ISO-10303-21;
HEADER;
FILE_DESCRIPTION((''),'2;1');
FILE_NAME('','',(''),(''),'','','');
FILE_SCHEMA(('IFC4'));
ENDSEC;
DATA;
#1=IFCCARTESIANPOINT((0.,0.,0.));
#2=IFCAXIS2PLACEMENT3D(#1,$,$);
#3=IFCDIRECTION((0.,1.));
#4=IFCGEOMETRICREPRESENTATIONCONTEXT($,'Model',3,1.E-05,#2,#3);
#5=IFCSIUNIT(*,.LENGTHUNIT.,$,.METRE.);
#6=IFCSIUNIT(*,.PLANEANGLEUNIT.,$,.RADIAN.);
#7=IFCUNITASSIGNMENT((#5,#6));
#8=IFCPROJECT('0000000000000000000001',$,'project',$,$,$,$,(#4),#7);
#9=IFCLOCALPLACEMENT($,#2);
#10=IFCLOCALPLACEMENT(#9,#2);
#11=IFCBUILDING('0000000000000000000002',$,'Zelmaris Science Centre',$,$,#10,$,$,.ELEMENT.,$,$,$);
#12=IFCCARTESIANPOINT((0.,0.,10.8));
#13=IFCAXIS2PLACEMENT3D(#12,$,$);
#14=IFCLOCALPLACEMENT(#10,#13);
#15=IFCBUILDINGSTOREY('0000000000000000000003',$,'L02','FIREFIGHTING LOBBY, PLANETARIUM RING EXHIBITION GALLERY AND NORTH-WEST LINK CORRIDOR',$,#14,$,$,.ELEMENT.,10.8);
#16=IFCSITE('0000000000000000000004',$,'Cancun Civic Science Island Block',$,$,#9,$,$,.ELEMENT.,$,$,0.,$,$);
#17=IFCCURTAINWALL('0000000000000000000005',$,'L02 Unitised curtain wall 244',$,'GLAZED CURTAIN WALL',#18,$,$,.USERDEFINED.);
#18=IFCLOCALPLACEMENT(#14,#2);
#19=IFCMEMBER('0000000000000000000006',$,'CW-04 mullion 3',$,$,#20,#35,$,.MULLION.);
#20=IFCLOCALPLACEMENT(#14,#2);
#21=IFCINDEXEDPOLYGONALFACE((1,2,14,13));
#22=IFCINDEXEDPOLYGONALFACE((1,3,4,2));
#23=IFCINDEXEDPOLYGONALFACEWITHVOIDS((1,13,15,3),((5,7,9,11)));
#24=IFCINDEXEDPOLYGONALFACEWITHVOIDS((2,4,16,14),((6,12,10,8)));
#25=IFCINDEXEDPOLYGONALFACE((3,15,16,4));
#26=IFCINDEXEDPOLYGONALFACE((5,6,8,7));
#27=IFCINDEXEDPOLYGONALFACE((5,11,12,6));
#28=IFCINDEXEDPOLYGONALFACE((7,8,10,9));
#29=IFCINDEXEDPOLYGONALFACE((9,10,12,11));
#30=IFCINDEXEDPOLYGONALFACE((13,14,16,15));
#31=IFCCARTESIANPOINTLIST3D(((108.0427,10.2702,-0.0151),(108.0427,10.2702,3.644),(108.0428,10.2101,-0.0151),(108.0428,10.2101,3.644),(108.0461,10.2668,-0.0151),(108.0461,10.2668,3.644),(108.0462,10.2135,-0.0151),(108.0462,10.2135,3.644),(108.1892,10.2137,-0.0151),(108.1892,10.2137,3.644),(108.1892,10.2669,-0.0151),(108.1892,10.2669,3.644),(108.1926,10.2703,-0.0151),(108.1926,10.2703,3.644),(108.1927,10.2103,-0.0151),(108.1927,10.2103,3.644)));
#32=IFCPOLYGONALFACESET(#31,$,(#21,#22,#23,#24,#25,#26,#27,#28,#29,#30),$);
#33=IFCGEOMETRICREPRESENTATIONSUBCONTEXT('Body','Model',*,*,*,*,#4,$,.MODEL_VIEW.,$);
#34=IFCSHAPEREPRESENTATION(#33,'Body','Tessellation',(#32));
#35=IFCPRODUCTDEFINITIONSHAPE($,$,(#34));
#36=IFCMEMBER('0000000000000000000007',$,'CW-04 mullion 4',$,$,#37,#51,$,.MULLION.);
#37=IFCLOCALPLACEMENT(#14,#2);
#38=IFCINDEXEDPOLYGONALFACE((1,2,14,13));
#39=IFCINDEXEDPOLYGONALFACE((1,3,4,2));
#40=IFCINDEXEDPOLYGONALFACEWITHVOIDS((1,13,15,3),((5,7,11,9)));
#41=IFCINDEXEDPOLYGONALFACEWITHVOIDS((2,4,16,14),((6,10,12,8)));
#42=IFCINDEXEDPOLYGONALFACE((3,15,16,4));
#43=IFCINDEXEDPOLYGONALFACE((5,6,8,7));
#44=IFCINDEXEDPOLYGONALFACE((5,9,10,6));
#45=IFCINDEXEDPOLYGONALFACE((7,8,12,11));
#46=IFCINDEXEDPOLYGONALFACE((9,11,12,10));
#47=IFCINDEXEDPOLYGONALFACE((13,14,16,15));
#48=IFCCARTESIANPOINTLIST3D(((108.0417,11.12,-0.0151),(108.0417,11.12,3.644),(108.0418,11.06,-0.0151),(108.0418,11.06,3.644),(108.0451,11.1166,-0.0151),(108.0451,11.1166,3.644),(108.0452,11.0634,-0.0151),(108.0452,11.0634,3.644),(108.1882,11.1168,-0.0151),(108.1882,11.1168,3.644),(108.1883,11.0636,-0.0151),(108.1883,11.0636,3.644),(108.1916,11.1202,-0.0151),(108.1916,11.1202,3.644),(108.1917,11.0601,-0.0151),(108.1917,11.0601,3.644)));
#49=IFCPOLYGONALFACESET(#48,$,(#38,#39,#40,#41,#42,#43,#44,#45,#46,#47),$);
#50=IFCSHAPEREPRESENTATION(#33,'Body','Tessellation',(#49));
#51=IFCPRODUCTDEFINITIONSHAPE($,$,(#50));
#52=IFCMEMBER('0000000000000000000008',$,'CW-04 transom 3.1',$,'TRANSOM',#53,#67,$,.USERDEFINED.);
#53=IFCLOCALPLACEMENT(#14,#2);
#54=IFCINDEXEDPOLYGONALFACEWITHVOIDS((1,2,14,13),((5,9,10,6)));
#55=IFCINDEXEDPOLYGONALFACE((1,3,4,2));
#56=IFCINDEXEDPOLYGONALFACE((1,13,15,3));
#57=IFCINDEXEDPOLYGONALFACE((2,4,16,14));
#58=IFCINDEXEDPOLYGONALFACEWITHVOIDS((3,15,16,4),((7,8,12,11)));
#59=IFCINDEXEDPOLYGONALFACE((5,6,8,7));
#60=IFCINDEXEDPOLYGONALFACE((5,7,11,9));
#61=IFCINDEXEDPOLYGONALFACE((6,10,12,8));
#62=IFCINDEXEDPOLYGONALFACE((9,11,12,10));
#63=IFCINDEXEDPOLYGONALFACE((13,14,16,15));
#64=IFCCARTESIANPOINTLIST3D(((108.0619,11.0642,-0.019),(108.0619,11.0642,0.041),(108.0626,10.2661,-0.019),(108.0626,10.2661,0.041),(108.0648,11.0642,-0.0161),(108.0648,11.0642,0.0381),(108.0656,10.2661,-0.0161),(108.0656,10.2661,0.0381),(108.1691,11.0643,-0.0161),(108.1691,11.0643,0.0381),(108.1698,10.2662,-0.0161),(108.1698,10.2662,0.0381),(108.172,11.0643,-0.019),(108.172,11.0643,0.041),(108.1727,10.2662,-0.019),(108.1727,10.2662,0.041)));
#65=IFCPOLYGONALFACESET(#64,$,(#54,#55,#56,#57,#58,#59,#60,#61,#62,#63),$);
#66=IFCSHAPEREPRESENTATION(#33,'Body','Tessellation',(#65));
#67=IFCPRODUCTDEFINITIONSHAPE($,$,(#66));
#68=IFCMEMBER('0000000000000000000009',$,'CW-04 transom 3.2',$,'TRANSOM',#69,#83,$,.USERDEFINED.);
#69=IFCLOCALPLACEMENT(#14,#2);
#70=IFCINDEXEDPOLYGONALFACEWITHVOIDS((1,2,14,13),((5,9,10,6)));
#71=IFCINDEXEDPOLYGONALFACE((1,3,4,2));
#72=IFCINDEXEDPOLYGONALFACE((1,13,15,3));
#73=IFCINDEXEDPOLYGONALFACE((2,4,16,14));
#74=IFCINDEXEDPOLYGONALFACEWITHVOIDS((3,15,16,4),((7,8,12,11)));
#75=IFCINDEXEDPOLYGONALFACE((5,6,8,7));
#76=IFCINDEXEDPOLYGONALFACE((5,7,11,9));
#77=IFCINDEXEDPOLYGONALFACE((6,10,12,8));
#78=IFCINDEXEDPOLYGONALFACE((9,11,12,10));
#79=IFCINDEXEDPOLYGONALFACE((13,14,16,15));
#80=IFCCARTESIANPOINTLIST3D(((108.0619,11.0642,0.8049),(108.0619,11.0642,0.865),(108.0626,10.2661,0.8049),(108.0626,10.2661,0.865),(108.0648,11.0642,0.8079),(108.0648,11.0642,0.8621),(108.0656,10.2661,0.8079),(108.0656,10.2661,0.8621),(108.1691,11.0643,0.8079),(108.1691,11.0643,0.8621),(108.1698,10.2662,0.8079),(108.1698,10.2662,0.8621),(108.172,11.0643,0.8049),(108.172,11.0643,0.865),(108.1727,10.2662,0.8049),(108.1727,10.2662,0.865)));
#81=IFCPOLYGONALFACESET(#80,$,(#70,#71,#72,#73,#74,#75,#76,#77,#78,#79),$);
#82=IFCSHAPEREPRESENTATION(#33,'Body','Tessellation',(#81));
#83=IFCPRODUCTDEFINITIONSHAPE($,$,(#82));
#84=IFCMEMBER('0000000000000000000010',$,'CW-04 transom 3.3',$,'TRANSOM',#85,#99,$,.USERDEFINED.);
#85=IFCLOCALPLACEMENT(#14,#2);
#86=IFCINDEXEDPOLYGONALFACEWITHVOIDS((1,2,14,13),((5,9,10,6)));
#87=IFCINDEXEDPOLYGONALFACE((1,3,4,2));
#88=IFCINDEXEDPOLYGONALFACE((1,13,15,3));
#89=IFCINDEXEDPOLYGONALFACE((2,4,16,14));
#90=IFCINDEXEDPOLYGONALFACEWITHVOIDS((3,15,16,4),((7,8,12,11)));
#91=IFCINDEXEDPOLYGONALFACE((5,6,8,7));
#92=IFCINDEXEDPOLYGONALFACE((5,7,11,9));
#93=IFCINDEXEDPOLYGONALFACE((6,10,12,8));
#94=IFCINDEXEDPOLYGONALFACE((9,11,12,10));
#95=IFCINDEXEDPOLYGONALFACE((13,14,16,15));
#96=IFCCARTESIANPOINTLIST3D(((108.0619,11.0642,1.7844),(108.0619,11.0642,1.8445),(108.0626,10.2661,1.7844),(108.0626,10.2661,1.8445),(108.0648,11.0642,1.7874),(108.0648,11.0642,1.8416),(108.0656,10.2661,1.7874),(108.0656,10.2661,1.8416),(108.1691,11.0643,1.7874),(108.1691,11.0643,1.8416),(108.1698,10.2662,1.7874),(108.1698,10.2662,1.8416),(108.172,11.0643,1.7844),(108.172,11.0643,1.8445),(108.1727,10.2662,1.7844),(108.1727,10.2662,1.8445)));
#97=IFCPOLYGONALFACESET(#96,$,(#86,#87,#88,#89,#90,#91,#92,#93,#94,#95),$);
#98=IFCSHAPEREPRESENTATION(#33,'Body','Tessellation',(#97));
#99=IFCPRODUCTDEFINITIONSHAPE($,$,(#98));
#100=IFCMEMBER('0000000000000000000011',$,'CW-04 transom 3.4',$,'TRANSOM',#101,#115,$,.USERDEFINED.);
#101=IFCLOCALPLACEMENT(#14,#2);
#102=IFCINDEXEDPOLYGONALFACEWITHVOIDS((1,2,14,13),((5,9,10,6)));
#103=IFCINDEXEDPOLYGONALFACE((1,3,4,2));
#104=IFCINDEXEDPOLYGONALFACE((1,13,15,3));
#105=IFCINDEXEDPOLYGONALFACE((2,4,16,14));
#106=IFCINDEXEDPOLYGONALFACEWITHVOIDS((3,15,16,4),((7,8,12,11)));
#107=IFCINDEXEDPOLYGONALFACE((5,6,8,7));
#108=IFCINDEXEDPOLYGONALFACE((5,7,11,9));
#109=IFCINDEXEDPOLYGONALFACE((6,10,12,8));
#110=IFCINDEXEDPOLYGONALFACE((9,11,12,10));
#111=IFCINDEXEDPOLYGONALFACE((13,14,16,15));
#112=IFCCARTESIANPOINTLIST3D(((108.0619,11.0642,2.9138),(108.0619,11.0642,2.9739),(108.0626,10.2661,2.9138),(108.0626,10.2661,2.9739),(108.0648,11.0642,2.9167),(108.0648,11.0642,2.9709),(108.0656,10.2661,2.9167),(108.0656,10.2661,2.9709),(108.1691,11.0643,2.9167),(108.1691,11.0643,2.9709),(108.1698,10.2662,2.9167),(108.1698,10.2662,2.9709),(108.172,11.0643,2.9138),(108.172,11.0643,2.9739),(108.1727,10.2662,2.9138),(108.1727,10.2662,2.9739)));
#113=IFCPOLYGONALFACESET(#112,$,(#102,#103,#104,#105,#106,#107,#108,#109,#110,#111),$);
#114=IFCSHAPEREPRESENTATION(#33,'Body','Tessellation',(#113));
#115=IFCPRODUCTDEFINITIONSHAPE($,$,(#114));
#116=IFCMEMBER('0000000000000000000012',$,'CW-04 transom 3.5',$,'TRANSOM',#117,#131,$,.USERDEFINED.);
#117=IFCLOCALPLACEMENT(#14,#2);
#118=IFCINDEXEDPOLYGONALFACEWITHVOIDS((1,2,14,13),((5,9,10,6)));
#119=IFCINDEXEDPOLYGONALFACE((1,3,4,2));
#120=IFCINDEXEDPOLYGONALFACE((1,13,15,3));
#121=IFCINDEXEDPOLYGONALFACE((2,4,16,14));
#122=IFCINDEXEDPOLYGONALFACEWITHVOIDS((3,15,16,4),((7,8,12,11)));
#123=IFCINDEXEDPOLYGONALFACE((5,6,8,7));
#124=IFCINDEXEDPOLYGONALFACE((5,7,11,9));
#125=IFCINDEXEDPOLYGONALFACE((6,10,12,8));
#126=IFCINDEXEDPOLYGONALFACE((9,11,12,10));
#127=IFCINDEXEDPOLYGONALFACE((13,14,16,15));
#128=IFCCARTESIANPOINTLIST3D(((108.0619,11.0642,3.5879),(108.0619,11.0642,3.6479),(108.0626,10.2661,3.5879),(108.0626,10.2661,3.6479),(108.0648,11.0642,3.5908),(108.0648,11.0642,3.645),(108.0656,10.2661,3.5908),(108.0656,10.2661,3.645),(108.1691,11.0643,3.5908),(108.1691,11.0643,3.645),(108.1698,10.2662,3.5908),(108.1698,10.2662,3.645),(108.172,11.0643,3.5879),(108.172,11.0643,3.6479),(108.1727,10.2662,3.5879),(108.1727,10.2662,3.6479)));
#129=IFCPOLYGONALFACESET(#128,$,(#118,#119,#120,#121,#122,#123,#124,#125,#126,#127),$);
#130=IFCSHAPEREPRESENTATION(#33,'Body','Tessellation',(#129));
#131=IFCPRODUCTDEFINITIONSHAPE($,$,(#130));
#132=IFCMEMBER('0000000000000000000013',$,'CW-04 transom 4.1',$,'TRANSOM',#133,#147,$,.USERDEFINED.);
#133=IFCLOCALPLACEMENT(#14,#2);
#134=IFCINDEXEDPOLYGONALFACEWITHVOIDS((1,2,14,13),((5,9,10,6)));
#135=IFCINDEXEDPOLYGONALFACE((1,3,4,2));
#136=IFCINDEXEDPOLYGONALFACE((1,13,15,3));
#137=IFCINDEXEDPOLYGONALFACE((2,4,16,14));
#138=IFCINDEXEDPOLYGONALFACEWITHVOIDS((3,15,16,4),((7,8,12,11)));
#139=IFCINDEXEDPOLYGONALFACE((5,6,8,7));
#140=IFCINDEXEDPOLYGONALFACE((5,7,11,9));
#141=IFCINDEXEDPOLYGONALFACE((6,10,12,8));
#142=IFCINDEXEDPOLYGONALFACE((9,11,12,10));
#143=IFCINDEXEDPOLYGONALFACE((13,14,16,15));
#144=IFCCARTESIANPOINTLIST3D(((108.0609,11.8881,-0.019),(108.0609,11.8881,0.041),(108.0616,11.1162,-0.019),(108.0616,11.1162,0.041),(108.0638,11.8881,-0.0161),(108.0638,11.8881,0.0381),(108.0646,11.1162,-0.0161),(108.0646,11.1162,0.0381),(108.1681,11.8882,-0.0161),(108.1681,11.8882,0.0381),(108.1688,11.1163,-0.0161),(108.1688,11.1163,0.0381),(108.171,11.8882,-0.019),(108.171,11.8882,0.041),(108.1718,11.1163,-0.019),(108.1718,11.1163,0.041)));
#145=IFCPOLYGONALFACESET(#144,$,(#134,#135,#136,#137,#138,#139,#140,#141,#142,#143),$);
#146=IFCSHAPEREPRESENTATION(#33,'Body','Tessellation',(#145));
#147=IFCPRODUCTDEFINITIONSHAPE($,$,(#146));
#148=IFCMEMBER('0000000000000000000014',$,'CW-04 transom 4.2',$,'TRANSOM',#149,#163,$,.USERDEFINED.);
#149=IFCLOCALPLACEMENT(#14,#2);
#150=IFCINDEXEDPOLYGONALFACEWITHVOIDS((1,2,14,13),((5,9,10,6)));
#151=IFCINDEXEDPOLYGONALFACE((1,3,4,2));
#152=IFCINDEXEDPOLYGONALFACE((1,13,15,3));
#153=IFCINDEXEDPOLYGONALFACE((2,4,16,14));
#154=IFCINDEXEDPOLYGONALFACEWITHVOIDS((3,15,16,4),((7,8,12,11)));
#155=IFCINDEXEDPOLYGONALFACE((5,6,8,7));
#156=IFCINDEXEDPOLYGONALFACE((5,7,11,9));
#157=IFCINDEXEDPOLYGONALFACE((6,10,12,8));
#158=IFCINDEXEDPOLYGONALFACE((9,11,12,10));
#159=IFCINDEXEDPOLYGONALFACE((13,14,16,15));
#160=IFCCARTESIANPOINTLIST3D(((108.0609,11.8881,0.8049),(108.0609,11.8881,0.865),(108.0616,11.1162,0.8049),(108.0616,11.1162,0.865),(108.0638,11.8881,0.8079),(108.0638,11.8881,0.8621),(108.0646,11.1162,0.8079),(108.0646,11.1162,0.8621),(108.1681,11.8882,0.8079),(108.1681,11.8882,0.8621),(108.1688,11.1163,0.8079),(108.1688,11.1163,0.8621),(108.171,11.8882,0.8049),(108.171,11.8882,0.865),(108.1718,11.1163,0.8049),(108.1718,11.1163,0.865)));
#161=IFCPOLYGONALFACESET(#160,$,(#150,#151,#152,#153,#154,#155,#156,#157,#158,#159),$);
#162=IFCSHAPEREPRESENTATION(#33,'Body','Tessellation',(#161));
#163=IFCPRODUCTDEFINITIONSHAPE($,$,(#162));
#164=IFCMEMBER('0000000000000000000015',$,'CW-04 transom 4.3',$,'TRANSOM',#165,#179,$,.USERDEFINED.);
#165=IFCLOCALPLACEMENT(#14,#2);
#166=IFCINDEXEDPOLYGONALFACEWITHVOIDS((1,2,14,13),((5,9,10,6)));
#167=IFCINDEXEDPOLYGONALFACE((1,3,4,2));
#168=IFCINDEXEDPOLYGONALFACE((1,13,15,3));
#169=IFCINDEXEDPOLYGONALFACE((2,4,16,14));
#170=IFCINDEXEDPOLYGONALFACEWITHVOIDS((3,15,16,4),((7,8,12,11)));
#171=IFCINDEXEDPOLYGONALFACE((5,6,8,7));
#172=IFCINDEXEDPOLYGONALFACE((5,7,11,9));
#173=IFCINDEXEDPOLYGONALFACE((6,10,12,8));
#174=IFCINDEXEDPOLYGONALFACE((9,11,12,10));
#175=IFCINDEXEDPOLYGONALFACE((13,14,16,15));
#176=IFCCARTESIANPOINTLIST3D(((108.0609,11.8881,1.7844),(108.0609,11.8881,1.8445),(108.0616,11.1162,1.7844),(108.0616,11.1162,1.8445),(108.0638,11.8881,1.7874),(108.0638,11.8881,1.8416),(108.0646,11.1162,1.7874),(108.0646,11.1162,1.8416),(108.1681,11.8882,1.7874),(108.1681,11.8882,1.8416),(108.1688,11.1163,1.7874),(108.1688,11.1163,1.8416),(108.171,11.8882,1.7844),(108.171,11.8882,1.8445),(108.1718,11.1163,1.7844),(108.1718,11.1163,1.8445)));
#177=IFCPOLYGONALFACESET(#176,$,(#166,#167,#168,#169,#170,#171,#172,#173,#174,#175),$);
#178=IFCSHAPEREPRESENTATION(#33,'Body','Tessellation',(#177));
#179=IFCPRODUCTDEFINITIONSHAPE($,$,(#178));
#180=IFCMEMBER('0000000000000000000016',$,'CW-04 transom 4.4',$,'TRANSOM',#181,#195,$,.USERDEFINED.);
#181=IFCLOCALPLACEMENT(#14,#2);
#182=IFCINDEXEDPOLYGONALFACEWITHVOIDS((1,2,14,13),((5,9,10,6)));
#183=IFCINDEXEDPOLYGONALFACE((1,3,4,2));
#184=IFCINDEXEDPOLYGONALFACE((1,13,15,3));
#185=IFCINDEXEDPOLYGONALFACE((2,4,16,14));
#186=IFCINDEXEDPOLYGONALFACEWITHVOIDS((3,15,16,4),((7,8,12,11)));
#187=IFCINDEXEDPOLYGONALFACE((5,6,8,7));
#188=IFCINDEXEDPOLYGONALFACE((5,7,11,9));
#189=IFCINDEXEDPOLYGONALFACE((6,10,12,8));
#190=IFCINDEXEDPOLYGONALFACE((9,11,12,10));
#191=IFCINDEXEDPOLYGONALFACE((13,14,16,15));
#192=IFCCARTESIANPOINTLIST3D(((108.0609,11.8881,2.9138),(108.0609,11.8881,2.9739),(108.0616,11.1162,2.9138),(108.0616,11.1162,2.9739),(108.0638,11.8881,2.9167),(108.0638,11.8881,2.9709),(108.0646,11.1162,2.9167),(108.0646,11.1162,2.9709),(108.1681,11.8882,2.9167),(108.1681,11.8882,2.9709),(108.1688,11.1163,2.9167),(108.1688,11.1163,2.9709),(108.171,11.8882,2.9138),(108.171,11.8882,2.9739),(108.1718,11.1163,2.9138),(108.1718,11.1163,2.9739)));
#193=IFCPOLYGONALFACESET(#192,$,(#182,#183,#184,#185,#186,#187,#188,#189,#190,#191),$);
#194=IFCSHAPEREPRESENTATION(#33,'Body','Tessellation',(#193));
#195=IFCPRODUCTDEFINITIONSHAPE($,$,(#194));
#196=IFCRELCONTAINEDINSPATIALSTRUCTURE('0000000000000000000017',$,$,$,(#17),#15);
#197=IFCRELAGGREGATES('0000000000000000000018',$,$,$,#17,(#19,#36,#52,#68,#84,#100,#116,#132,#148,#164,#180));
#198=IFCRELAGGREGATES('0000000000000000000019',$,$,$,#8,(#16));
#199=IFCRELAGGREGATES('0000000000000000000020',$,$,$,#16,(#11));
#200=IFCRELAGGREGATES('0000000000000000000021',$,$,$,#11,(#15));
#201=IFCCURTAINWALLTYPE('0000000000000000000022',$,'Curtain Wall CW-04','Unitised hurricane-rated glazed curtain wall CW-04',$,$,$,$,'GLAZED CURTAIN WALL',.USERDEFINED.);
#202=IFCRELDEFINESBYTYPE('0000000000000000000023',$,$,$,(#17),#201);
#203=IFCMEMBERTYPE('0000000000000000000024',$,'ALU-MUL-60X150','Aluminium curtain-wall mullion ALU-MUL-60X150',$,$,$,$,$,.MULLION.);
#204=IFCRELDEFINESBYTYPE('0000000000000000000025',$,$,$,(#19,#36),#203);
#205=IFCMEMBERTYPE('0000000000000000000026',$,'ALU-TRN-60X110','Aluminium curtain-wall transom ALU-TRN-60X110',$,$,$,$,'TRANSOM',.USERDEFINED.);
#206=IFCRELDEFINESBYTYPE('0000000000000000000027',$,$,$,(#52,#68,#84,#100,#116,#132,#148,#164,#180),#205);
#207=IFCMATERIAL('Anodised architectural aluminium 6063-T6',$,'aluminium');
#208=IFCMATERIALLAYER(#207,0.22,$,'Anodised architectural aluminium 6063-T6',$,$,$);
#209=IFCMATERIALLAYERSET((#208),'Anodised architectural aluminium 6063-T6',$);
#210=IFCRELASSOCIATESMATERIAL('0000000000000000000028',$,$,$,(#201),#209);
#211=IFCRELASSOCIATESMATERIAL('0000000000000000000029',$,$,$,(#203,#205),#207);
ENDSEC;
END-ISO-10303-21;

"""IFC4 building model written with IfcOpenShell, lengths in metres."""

from ifc_helpers import new_model, si_unit, direction, frame, origin, origin_2d, place, context, subcontext, project, spatial, hollow_rectangle, extrude, material, layer, layer_set, material_profile, profile_set, type_object, element, aggregate, save


model = new_model("IFC4")

# Units and contexts
model_context = context("Model", 3, precision=1e-05, world=origin(), true_north=direction((0.0, 1.0)))
body_context = subcontext(model_context, "Body", "Model", "MODEL_VIEW")
ifc_project = project(units=[si_unit("LENGTHUNIT", "METRE"), si_unit("PLANEANGLEUNIT", "RADIAN")], contexts=[model_context])

# Site, building, storey
site_placement = place(None, origin())
site = spatial("IfcSite", under=ifc_project, at=site_placement, Name="Cancun Civic Science Island Block", CompositionType="ELEMENT", RefElevation=0.0)
building_placement = place(site_placement, origin())
building = spatial("IfcBuilding", under=site, at=building_placement, Name="Zelmaris Science Centre", CompositionType="ELEMENT")
storey_placement = place(building_placement, frame((0.0, 0.0, 10.8)))
storey = spatial("IfcBuildingStorey", under=building, at=storey_placement, Name="L02", Description="FIREFIGHTING LOBBY, PLANETARIUM RING EXHIBITION GALLERY AND NORTH-WEST LINK CORRIDOR", CompositionType="ELEMENT", Elevation=10.8)

# Curtain wall, members
ifc_material_1 = material(Name="Anodised architectural aluminium 6063-T6", Category="aluminium")
ifc_layer_1 = layer(ifc_material_1, 0.22, Name="Anodised architectural aluminium 6063-T6")
ifc_layer_set_1 = layer_set([ifc_layer_1], Name="Anodised architectural aluminium 6063-T6")
curtain_wall_type = type_object("IfcCurtainWallType", Name="Curtain Wall CW-04", Description="Unitised hurricane-rated glazed curtain wall CW-04", ElementType="GLAZED CURTAIN WALL", PredefinedType="USERDEFINED", material=ifc_layer_set_1)
curtain_wall_placement = place(storey_placement, origin())
curtain_wall = element("IfcCurtainWall", 1, at=curtain_wall_placement, inside=storey, type_object=curtain_wall_type, Name="L02 Unitised curtain wall 244", ObjectType="GLAZED CURTAIN WALL", PredefinedType="USERDEFINED")
ifc_material_profile_1 = material_profile(ifc_material_1, hollow_rectangle(XDim=0.0601, YDim=0.1499, WallThickness=0.0034, at=origin_2d()), Name="ALU-MUL-60X150")
ifc_profile_set_1 = profile_set([ifc_material_profile_1], Name="Anodised architectural aluminium 6063-T6")
member_type_1 = type_object("IfcMemberType", Name="ALU-MUL-60X150", Description="Aluminium curtain-wall mullion ALU-MUL-60X150", PredefinedType="MULLION", material=ifc_profile_set_1)
member_1_placement = place(storey_placement, frame((108.1177, 10.2402, -0.0151), z_axis=(0.0, 0.0, 1.0), x_axis=(-0.001054, 0.999999, 0.0)))
member_1 = element("IfcMember", 2, at=member_1_placement, type_object=member_type_1, Name="CW-04 mullion 3", PredefinedType="MULLION", context=body_context, shape_type="SweptSolid", body=[
    extrude(hollow_rectangle(XDim=0.0601, YDim=0.1499, WallThickness=0.0034, at=origin_2d()), origin(), (0.0, 0.0, 1.0), 3.6592),
])
member_2_placement = place(storey_placement, frame((108.1167, 11.0901, -0.0151), z_axis=(0.0, 0.0, 1.0), x_axis=(-0.001054, 0.999999, 0.0)))
member_2 = element("IfcMember", 3, at=member_2_placement, type_object=member_type_1, Name="CW-04 mullion 4", PredefinedType="MULLION", context=body_context, shape_type="SweptSolid", body=[
    extrude(hollow_rectangle(XDim=0.0601, YDim=0.1499, WallThickness=0.0034, at=origin_2d()), origin(), (0.0, 0.0, 1.0), 3.6592),
])
ifc_material_profile_2 = material_profile(ifc_material_1, hollow_rectangle(XDim=0.0601, YDim=0.1101, WallThickness=0.0029, at=origin_2d()), Name="ALU-TRN-60X110")
ifc_profile_set_2 = profile_set([ifc_material_profile_2], Name="Anodised architectural aluminium 6063-T6")
member_type_2 = type_object("IfcMemberType", Name="ALU-TRN-60X110", Description="Aluminium curtain-wall transom ALU-TRN-60X110", ElementType="TRANSOM", PredefinedType="USERDEFINED", material=ifc_profile_set_2)
member_3_placement = place(storey_placement, frame((108.1177, 10.2661, 0.011), z_axis=(-0.000918, 1.0, 0.0), x_axis=(0.0, 0.0, 1.0)))
member_3 = element("IfcMember", 4, at=member_3_placement, type_object=member_type_2, Name="CW-04 transom 3.1", ObjectType="TRANSOM", PredefinedType="USERDEFINED", context=body_context, shape_type="SweptSolid", body=[
    extrude(hollow_rectangle(XDim=0.0601, YDim=0.1101, WallThickness=0.0029, at=origin_2d()), origin(), (0.0, 0.0, 1.0), 0.7981),
])
member_4_placement = place(storey_placement, frame((108.1177, 10.2661, 0.835), z_axis=(-0.000918, 1.0, 0.0), x_axis=(0.0, 0.0, 1.0)))
member_4 = element("IfcMember", 5, at=member_4_placement, type_object=member_type_2, Name="CW-04 transom 3.2", ObjectType="TRANSOM", PredefinedType="USERDEFINED", context=body_context, shape_type="SweptSolid", body=[
    extrude(hollow_rectangle(XDim=0.0601, YDim=0.1101, WallThickness=0.0029, at=origin_2d()), origin(), (0.0, 0.0, 1.0), 0.7981),
])
member_5_placement = place(storey_placement, frame((108.1177, 10.2661, 1.8145), z_axis=(-0.000918, 1.0, 0.0), x_axis=(0.0, 0.0, 1.0)))
member_5 = element("IfcMember", 6, at=member_5_placement, type_object=member_type_2, Name="CW-04 transom 3.3", ObjectType="TRANSOM", PredefinedType="USERDEFINED", context=body_context, shape_type="SweptSolid", body=[
    extrude(hollow_rectangle(XDim=0.0601, YDim=0.1101, WallThickness=0.0029, at=origin_2d()), origin(), (0.0, 0.0, 1.0), 0.7981),
])
member_6_placement = place(storey_placement, frame((108.1177, 10.2661, 2.9438), z_axis=(-0.000918, 1.0, 0.0), x_axis=(0.0, 0.0, 1.0)))
member_6 = element("IfcMember", 7, at=member_6_placement, type_object=member_type_2, Name="CW-04 transom 3.4", ObjectType="TRANSOM", PredefinedType="USERDEFINED", context=body_context, shape_type="SweptSolid", body=[
    extrude(hollow_rectangle(XDim=0.0601, YDim=0.1101, WallThickness=0.0029, at=origin_2d()), origin(), (0.0, 0.0, 1.0), 0.7981),
])
member_7_placement = place(storey_placement, frame((108.1177, 10.2661, 3.6179), z_axis=(-0.000918, 1.0, 0.0), x_axis=(0.0, 0.0, 1.0)))
member_7 = element("IfcMember", 8, at=member_7_placement, type_object=member_type_2, Name="CW-04 transom 3.5", ObjectType="TRANSOM", PredefinedType="USERDEFINED", context=body_context, shape_type="SweptSolid", body=[
    extrude(hollow_rectangle(XDim=0.0601, YDim=0.1101, WallThickness=0.0029, at=origin_2d()), origin(), (0.0, 0.0, 1.0), 0.7981),
])
member_8_placement = place(storey_placement, frame((108.1167, 11.1162, 0.011), z_axis=(-0.000949, 1.0, 0.0), x_axis=(0.0, 0.0, 1.0)))
member_8 = element("IfcMember", 9, at=member_8_placement, type_object=member_type_2, Name="CW-04 transom 4.1", ObjectType="TRANSOM", PredefinedType="USERDEFINED", context=body_context, shape_type="SweptSolid", body=[
    extrude(hollow_rectangle(XDim=0.0601, YDim=0.1101, WallThickness=0.0029, at=origin_2d()), origin(), (0.0, 0.0, 1.0), 0.772),
])
member_9_placement = place(storey_placement, frame((108.1167, 11.1162, 0.835), z_axis=(-0.000949, 1.0, 0.0), x_axis=(0.0, 0.0, 1.0)))
member_9 = element("IfcMember", 10, at=member_9_placement, type_object=member_type_2, Name="CW-04 transom 4.2", ObjectType="TRANSOM", PredefinedType="USERDEFINED", context=body_context, shape_type="SweptSolid", body=[
    extrude(hollow_rectangle(XDim=0.0601, YDim=0.1101, WallThickness=0.0029, at=origin_2d()), origin(), (0.0, 0.0, 1.0), 0.772),
])
member_10_placement = place(storey_placement, frame((108.1167, 11.1162, 1.8145), z_axis=(-0.000949, 1.0, 0.0), x_axis=(0.0, 0.0, 1.0)))
member_10 = element("IfcMember", 11, at=member_10_placement, type_object=member_type_2, Name="CW-04 transom 4.3", ObjectType="TRANSOM", PredefinedType="USERDEFINED", context=body_context, shape_type="SweptSolid", body=[
    extrude(hollow_rectangle(XDim=0.0601, YDim=0.1101, WallThickness=0.0029, at=origin_2d()), origin(), (0.0, 0.0, 1.0), 0.772),
])
member_11_placement = place(storey_placement, frame((108.1167, 11.1162, 2.9438), z_axis=(-0.000949, 1.0, 0.0), x_axis=(0.0, 0.0, 1.0)))
member_11 = element("IfcMember", 12, at=member_11_placement, type_object=member_type_2, Name="CW-04 transom 4.4", ObjectType="TRANSOM", PredefinedType="USERDEFINED", context=body_context, shape_type="SweptSolid", body=[
    extrude(hollow_rectangle(XDim=0.0601, YDim=0.1101, WallThickness=0.0029, at=origin_2d()), origin(), (0.0, 0.0, 1.0), 0.772),
])

aggregate(curtain_wall, [member_1, member_2, member_3, member_4, member_5, member_6, member_7, member_8, member_9, member_10, member_11])

save(model, "model.ifc")
